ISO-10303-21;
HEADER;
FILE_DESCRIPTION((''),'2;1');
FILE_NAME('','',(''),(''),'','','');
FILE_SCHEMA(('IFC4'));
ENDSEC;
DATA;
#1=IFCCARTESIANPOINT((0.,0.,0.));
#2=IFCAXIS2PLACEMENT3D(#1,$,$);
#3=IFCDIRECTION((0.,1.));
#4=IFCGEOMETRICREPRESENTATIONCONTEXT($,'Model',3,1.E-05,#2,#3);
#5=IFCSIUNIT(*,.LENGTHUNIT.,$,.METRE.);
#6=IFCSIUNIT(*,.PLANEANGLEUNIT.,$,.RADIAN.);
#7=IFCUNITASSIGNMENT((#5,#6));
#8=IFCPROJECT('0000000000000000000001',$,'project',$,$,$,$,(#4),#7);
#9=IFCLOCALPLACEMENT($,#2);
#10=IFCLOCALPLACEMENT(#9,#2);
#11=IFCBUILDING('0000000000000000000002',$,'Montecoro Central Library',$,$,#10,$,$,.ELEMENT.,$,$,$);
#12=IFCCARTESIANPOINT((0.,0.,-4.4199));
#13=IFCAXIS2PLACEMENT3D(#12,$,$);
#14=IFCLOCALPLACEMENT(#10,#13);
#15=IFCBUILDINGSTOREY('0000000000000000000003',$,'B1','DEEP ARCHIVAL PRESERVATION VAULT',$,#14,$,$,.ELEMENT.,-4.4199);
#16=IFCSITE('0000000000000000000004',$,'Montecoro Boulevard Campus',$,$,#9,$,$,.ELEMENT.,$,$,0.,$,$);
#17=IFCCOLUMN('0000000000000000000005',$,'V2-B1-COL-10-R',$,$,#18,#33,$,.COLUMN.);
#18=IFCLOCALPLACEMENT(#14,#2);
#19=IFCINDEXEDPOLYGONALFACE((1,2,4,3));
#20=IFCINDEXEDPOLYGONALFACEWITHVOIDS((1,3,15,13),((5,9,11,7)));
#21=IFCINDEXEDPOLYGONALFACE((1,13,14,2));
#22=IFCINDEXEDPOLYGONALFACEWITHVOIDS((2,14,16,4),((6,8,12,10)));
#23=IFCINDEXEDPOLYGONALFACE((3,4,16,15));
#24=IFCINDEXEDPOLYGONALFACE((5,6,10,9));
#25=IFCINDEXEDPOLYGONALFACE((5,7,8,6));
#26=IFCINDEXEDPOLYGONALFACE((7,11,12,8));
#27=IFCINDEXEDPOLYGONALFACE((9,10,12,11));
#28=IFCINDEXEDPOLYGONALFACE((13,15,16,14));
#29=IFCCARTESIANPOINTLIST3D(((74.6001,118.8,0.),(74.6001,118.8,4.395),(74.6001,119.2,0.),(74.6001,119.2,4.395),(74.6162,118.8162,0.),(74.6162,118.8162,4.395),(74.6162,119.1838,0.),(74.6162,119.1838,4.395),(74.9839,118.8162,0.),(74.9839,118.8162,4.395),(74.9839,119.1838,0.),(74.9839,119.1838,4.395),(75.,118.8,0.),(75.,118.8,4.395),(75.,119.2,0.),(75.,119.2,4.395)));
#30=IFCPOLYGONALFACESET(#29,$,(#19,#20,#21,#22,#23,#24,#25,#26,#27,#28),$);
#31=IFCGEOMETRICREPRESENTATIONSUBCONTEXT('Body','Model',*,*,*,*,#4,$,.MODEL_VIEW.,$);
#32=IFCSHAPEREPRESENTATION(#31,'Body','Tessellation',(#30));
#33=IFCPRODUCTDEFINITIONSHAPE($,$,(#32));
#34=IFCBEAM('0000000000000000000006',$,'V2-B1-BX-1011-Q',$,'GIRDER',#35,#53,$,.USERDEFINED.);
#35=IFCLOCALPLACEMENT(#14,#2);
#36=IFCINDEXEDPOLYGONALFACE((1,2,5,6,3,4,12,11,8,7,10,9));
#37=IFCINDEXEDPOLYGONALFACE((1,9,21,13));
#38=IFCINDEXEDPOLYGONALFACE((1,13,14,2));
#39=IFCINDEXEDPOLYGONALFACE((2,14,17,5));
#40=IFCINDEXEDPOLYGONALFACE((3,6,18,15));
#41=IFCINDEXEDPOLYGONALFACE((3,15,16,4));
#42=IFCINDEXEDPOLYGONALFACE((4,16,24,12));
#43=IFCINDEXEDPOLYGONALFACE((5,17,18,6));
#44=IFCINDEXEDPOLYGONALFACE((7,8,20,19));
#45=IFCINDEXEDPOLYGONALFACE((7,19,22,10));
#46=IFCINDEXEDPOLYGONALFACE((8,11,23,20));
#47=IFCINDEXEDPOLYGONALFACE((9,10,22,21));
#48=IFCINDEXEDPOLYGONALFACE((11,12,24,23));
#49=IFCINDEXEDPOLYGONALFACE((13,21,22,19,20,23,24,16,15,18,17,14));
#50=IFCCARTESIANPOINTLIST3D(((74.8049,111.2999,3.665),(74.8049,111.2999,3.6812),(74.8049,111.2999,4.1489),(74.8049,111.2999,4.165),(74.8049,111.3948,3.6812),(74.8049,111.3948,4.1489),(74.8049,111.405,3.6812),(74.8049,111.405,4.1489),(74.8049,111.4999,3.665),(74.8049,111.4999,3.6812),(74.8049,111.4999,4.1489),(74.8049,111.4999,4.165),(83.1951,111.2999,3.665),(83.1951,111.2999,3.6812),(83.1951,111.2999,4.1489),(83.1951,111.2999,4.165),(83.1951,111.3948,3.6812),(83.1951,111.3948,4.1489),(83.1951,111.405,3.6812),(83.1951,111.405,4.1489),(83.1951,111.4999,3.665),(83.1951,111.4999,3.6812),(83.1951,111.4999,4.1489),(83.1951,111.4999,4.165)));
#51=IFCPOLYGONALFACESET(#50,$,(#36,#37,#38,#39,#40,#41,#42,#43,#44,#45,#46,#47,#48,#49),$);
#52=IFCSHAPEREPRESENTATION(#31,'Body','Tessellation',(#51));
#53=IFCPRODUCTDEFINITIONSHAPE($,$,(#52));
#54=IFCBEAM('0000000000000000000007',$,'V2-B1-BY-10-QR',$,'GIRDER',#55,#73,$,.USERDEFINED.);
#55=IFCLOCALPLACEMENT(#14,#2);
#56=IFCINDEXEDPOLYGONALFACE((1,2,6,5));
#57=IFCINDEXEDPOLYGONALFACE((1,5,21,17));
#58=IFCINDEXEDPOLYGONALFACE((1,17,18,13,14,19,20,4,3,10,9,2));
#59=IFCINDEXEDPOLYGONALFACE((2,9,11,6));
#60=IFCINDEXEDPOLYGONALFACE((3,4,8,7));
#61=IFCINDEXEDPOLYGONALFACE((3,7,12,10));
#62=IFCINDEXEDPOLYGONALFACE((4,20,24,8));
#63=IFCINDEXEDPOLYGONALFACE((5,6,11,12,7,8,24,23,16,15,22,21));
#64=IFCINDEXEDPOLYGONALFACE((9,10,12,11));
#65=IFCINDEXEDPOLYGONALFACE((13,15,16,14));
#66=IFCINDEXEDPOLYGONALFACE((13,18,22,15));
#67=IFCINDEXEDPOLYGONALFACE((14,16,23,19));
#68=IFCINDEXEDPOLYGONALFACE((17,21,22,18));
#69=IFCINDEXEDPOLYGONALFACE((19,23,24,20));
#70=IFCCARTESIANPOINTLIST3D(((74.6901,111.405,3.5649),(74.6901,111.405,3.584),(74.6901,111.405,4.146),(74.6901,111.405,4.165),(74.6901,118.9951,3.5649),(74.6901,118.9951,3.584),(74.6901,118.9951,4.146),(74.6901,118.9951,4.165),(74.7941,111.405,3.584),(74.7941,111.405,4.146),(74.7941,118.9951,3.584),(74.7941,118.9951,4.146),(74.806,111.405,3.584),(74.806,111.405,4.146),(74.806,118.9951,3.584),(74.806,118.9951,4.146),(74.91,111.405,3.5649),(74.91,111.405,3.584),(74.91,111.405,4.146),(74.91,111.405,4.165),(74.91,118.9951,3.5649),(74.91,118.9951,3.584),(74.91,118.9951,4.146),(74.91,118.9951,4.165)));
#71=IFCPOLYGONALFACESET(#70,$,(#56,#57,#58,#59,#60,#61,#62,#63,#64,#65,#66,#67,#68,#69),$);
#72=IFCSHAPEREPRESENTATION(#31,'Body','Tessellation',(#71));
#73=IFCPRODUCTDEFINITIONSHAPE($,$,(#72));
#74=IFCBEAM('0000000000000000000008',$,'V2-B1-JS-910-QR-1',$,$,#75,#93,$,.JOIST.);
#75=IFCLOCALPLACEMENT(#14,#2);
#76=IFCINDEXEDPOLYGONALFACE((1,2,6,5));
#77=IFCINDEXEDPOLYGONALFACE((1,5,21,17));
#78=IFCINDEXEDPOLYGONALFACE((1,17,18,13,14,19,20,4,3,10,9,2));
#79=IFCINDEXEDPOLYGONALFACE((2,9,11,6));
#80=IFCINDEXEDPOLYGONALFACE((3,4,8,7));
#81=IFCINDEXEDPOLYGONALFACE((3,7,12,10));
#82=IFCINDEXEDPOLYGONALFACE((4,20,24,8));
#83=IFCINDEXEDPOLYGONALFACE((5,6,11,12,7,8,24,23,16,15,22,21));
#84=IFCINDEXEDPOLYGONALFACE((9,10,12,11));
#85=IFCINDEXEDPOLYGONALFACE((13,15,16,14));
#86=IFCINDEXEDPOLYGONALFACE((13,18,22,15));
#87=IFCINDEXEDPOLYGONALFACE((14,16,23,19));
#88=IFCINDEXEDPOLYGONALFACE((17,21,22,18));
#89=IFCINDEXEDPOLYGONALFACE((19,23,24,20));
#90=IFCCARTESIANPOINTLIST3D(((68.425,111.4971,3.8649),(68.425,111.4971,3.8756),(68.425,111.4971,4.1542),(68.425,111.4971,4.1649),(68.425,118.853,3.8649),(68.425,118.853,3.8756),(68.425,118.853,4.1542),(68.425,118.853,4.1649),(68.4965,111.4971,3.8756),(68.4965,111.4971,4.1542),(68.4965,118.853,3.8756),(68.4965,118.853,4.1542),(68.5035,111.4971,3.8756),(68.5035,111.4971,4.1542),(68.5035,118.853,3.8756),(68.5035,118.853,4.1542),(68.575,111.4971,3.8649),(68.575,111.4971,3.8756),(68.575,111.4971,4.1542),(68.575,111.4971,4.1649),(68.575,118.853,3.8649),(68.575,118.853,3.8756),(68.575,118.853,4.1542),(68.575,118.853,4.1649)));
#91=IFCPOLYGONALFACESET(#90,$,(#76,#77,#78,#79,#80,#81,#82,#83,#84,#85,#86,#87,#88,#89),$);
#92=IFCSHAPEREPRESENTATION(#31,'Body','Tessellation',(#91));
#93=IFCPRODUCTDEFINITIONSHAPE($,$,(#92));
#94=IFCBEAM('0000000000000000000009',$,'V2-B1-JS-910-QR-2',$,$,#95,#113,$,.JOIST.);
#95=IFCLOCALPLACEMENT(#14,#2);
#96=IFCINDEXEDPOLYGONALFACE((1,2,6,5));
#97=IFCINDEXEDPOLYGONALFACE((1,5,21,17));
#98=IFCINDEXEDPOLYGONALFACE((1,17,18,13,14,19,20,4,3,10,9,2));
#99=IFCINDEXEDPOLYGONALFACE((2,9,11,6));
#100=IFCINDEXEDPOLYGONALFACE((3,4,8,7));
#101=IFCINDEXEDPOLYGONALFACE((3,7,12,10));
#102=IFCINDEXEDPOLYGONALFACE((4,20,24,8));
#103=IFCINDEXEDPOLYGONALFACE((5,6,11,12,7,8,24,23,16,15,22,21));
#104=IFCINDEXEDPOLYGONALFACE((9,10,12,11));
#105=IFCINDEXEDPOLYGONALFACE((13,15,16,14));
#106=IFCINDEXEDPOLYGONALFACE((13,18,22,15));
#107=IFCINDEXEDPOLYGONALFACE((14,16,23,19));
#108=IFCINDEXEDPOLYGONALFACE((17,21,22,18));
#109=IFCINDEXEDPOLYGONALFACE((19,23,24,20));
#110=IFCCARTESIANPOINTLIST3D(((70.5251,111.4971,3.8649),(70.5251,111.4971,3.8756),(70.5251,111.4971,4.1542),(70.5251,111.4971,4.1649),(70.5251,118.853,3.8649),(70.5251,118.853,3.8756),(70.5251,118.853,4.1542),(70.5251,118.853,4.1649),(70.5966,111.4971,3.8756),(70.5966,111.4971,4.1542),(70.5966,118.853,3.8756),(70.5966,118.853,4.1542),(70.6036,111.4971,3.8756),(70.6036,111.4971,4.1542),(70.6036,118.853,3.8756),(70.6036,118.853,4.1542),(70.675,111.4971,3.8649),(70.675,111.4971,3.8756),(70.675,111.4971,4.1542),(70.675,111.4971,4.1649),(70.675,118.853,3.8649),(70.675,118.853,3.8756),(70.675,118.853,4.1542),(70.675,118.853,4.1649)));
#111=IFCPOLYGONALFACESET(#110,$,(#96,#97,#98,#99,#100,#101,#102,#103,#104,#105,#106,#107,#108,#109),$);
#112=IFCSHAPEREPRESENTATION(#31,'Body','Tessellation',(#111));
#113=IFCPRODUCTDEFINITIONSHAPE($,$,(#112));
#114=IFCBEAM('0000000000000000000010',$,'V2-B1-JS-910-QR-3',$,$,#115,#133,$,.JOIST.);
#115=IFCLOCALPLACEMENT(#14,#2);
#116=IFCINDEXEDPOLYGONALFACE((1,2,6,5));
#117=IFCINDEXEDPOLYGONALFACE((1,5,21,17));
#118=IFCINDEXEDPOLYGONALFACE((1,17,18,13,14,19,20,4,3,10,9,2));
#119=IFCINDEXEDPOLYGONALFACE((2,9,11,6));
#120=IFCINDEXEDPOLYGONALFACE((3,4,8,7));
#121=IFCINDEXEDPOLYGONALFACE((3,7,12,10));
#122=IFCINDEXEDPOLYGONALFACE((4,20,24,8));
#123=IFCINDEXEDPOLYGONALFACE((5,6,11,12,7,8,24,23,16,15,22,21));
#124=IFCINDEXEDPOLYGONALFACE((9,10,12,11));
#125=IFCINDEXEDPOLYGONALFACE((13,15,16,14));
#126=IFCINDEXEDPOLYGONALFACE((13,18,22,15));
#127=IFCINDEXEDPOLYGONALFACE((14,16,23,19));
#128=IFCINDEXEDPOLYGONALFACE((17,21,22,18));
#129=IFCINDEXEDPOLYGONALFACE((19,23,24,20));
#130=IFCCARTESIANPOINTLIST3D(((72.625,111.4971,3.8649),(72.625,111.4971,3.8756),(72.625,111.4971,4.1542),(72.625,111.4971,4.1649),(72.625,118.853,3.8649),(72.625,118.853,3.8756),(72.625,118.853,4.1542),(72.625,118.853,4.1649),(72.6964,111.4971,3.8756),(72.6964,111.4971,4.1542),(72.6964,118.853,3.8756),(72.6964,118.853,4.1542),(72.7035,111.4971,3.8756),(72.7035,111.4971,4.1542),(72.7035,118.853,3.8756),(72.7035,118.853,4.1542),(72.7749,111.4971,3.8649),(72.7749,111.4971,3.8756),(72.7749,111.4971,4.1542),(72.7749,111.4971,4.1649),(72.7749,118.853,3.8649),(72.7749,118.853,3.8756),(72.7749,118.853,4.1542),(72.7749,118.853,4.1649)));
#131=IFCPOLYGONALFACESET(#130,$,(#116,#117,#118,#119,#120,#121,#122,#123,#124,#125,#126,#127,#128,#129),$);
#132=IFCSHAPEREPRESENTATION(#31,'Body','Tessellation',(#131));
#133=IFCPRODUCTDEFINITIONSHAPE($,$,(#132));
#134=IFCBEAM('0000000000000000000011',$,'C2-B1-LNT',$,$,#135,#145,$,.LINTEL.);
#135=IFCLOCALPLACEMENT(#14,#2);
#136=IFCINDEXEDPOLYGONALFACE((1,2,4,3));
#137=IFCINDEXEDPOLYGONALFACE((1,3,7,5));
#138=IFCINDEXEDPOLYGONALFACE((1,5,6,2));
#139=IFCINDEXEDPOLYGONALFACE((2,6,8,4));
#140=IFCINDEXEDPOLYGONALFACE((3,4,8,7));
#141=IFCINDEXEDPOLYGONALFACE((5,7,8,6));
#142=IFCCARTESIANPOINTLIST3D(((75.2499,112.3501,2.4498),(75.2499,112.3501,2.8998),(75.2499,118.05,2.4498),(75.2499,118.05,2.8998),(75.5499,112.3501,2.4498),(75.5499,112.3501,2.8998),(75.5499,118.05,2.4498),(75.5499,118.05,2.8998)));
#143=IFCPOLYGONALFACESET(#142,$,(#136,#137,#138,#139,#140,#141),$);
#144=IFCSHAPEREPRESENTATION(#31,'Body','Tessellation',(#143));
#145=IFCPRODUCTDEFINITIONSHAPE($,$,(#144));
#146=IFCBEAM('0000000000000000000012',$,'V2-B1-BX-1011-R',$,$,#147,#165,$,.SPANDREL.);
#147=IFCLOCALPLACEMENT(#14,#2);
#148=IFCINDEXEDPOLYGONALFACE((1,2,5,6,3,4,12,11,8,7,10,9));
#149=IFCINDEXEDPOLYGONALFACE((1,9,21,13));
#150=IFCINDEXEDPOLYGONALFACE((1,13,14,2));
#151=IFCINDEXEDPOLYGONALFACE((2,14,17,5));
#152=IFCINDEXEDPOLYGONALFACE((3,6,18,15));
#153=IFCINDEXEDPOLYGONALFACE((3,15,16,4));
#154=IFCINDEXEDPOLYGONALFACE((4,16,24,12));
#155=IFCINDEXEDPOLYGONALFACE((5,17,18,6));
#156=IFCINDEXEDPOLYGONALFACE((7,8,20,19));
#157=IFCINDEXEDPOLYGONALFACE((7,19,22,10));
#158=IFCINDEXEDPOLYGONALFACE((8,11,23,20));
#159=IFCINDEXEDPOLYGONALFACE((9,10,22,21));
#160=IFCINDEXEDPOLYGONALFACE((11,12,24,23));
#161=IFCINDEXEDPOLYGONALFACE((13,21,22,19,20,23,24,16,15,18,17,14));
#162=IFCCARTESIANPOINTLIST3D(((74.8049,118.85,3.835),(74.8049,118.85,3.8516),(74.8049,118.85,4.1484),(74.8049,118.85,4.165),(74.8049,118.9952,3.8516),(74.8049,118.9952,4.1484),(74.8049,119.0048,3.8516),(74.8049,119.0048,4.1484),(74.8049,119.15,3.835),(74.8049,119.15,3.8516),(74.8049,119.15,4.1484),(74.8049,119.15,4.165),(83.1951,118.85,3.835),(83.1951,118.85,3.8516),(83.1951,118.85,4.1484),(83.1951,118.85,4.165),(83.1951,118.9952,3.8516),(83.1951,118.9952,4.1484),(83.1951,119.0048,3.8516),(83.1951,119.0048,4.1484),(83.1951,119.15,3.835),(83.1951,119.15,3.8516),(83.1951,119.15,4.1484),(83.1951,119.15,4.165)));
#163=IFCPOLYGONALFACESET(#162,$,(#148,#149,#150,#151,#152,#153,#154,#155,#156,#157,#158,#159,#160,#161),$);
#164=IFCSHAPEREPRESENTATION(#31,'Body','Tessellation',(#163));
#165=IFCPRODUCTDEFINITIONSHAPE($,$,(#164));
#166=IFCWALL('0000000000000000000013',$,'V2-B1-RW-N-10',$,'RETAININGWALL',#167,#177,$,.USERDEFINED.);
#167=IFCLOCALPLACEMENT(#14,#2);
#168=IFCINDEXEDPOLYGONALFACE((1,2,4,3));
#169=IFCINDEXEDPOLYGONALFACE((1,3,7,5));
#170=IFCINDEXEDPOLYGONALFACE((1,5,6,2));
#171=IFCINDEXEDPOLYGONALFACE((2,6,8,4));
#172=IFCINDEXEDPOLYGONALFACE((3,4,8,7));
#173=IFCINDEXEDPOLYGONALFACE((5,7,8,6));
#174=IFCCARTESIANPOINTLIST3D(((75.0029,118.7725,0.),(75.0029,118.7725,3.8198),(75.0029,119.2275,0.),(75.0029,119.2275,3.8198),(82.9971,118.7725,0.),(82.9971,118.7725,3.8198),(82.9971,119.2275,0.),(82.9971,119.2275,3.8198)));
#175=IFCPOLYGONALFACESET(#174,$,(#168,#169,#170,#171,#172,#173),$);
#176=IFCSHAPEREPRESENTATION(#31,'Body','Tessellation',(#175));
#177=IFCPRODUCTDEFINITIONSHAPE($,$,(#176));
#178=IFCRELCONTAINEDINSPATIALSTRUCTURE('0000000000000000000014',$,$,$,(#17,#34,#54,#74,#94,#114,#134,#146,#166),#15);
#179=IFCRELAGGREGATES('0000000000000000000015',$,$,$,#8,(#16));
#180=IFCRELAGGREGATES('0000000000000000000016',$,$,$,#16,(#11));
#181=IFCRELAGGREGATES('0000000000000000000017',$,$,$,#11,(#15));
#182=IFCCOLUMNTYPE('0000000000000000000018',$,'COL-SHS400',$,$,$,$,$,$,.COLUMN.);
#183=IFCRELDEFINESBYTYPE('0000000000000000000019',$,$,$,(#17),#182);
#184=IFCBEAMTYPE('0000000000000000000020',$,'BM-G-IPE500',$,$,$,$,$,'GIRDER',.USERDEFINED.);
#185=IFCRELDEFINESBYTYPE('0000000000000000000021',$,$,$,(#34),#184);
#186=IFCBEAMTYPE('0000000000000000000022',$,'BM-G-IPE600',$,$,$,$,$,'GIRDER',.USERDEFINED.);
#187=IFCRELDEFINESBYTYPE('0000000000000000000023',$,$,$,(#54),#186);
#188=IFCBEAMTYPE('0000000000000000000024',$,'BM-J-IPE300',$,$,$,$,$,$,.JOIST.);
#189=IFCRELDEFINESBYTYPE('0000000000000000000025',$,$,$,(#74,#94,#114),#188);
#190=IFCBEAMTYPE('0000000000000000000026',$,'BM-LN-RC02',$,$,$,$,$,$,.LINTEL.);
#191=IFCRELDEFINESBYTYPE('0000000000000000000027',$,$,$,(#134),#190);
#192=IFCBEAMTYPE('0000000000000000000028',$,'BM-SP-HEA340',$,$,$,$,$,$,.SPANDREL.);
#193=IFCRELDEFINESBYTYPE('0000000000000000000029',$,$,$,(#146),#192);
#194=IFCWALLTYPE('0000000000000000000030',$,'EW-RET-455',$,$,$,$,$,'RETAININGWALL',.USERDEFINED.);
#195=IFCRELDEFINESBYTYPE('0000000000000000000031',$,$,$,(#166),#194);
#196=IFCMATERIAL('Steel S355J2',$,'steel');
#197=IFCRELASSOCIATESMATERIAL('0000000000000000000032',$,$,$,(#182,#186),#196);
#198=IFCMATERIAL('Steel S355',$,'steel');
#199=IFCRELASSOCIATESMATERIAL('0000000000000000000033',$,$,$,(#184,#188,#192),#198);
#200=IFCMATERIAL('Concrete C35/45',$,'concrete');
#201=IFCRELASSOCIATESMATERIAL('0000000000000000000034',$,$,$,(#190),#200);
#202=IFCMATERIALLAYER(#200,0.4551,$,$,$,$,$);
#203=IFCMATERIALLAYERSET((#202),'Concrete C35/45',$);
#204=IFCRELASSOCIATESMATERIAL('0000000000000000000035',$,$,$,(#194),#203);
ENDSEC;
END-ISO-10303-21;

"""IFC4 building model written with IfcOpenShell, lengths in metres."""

from ifc_helpers import new_model, si_unit, direction, frame, frame_2d, origin, origin_2d, place, context, subcontext, project, spatial, rectangle, hollow_rectangle, i_section, extrude, material, layer, layer_set, material_profile, profile_set, type_object, element, save


model = new_model("IFC4")

# Units and contexts
model_context = context("Model", 3, precision=1e-05, world=origin(), true_north=direction((0.0, 1.0)))
body_context = subcontext(model_context, "Body", "Model", "MODEL_VIEW")
ifc_project = project(units=[si_unit("LENGTHUNIT", "METRE"), si_unit("PLANEANGLEUNIT", "RADIAN")], contexts=[model_context])

# Site, building, storey
site_placement = place(None, origin())
site = spatial("IfcSite", under=ifc_project, at=site_placement, Name="Montecoro Boulevard Campus", CompositionType="ELEMENT", RefElevation=0.0)
building_placement = place(site_placement, origin())
building = spatial("IfcBuilding", under=site, at=building_placement, Name="Montecoro Central Library", CompositionType="ELEMENT")
storey_placement = place(building_placement, frame((0.0, 0.0, -4.4199)))
storey = spatial("IfcBuildingStorey", under=building, at=storey_placement, Name="B1", Description="DEEP ARCHIVAL PRESERVATION VAULT", CompositionType="ELEMENT", Elevation=-4.4199)

# Shared definitions
ifc_material_1 = material(Name="Concrete C35/45", Category="concrete")

# Column
ifc_material_2 = material(Name="Steel S355J2", Category="steel")
ifc_material_profile_1 = material_profile(ifc_material_2, hollow_rectangle(XDim=0.3999, YDim=0.3999, WallThickness=0.0161, at=origin_2d()), Name="SHS 400x400x16.0")
ifc_profile_set_1 = profile_set([ifc_material_profile_1], Name="Steel S355J2")
column_type_1 = type_object("IfcColumnType", Name="COL-SHS400", PredefinedType="COLUMN", material=ifc_profile_set_1)
column_1_placement = place(storey_placement, frame((74.8, 119.0, 0.0), z_axis=(0.0, 0.0, 1.0), x_axis=(1.0, 0.0, 0.0)))
element("IfcColumn", 1, at=column_1_placement, inside=storey, type_object=column_type_1, Name="V2-B1-COL-10-R", PredefinedType="COLUMN", context=body_context, shape_type="SweptSolid", body=[
    extrude(hollow_rectangle(XDim=0.3999, YDim=0.3999, WallThickness=0.0161, at=origin_2d()), origin(), (0.0, 0.0, 1.0), 4.395),
])

# Beams
ifc_material_3 = material(Name="Steel S355", Category="steel")
ifc_material_profile_2 = material_profile(ifc_material_3, i_section(OverallWidth=0.2, OverallDepth=0.5, WebThickness=0.0103, FlangeThickness=0.0161, at=origin_2d()), Name="IPE 500")
ifc_profile_set_2 = profile_set([ifc_material_profile_2], Name="Steel S355")
beam_type_1 = type_object("IfcBeamType", Name="BM-G-IPE500", ElementType="GIRDER", PredefinedType="USERDEFINED", material=ifc_profile_set_2)
beam_1_placement = place(storey_placement, frame((74.8049, 111.3999, 3.915), z_axis=(1.0, 0.0, 0.0), x_axis=(0.0, 1.0, 0.0)))
element("IfcBeam", 2, at=beam_1_placement, inside=storey, type_object=beam_type_1, Name="V2-B1-BX-1011-Q", ObjectType="GIRDER", PredefinedType="USERDEFINED", context=body_context, shape_type="SweptSolid", body=[
    extrude(i_section(OverallWidth=0.2, OverallDepth=0.5, WebThickness=0.0103, FlangeThickness=0.0161, at=origin_2d()), origin(), (0.0, 0.0, 1.0), 8.3901),
])
ifc_material_profile_3 = material_profile(ifc_material_2, i_section(OverallWidth=0.22, OverallDepth=0.6001, WebThickness=0.012, FlangeThickness=0.019, at=origin_2d()), Name="IPE 600")
ifc_profile_set_3 = profile_set([ifc_material_profile_3], Name="Steel S355J2")
beam_type_2 = type_object("IfcBeamType", Name="BM-G-IPE600", ElementType="GIRDER", PredefinedType="USERDEFINED", material=ifc_profile_set_3)
beam_2_placement = place(storey_placement, frame((74.8, 111.405, 3.865), z_axis=(0.0, 1.0, 0.0), x_axis=(-1.0, 0.0, 0.0)))
element("IfcBeam", 3, at=beam_2_placement, inside=storey, type_object=beam_type_2, Name="V2-B1-BY-10-QR", ObjectType="GIRDER", PredefinedType="USERDEFINED", context=body_context, shape_type="SweptSolid", body=[
    extrude(i_section(OverallWidth=0.22, OverallDepth=0.6001, WebThickness=0.012, FlangeThickness=0.019, at=origin_2d()), origin(), (0.0, 0.0, 1.0), 7.5901),
])
ifc_material_profile_4 = material_profile(ifc_material_3, i_section(OverallWidth=0.1499, OverallDepth=0.3, WebThickness=0.0071, FlangeThickness=0.0107, at=origin_2d()), Name="IPE 300")
ifc_profile_set_4 = profile_set([ifc_material_profile_4], Name="Steel S355")
beam_type_3 = type_object("IfcBeamType", Name="BM-J-IPE300", PredefinedType="JOIST", material=ifc_profile_set_4)
for number, where, z_axis, x_axis, name in (
    (4, (68.5, 111.4971, 4.0149), (0.0, 1.0, 0.0), (-1.0, 0.0, 0.0), "V2-B1-JS-910-QR-1"),
    (5, (70.6001, 111.4971, 4.0149), (0.0, 1.0, 0.0), (-1.0, 0.0, 0.0), "V2-B1-JS-910-QR-2"),
    (6, (72.7, 111.4971, 4.0149), (0.0, 1.0, 0.0), (-1.0, 0.0, 0.0), "V2-B1-JS-910-QR-3"),
):
    element("IfcBeam", number, at=place(storey_placement, frame(where, z_axis=z_axis, x_axis=x_axis)), inside=storey, type_object=beam_type_3, Name=name, PredefinedType="JOIST", context=body_context, shape_type="SweptSolid", body=[
        extrude(i_section(OverallWidth=0.1499, OverallDepth=0.3, WebThickness=0.0071, FlangeThickness=0.0107, at=origin_2d()), origin(), (0.0, 0.0, 1.0), 7.356),
    ])
ifc_material_profile_5 = material_profile(ifc_material_1, rectangle(XDim=0.3, YDim=0.45, at=origin_2d()), Name="RC LNT 450x300")
ifc_profile_set_5 = profile_set([ifc_material_profile_5], Name="Concrete C35/45")
beam_type_4 = type_object("IfcBeamType", Name="BM-LN-RC02", PredefinedType="LINTEL", material=ifc_profile_set_5)
beam_3_placement = place(storey_placement, frame((75.3999, 112.3501, 2.6748), z_axis=(0.0, 1.0, 0.0), x_axis=(-1.0, 0.0, 0.0)))
element("IfcBeam", 7, at=beam_3_placement, inside=storey, type_object=beam_type_4, Name="C2-B1-LNT", PredefinedType="LINTEL", context=body_context, shape_type="SweptSolid", body=[
    extrude(rectangle(XDim=0.3, YDim=0.45, at=origin_2d()), origin(), (0.0, 0.0, 1.0), 5.7),
])
ifc_material_profile_6 = material_profile(ifc_material_3, i_section(OverallWidth=0.3, OverallDepth=0.3301, WebThickness=0.0095, FlangeThickness=0.0166, at=origin_2d()), Name="HEA 340")
ifc_profile_set_6 = profile_set([ifc_material_profile_6], Name="Steel S355")
beam_type_5 = type_object("IfcBeamType", Name="BM-SP-HEA340", PredefinedType="SPANDREL", material=ifc_profile_set_6)
beam_4_placement = place(storey_placement, frame((74.8049, 119.0, 4.0), z_axis=(1.0, 0.0, 0.0), x_axis=(0.0, 1.0, 0.0)))
element("IfcBeam", 8, at=beam_4_placement, inside=storey, type_object=beam_type_5, Name="V2-B1-BX-1011-R", PredefinedType="SPANDREL", context=body_context, shape_type="SweptSolid", body=[
    extrude(i_section(OverallWidth=0.3, OverallDepth=0.3301, WebThickness=0.0095, FlangeThickness=0.0166, at=origin_2d()), origin(), (0.0, 0.0, 1.0), 8.3901),
])

# Wall
ifc_layer_1 = layer(ifc_material_1, 0.4551)
ifc_layer_set_1 = layer_set([ifc_layer_1], Name="Concrete C35/45")
wall_type_1 = type_object("IfcWallType", Name="EW-RET-455", ElementType="RETAININGWALL", PredefinedType="USERDEFINED", material=ifc_layer_set_1)
wall_1_placement = place(storey_placement, frame((75.0029, 119.0, 0.0), z_axis=(0.0, 0.0, 1.0), x_axis=(1.0, 0.0, 0.0)))
element("IfcWall", 9, at=wall_1_placement, inside=storey, type_object=wall_type_1, Name="V2-B1-RW-N-10", ObjectType="RETAININGWALL", PredefinedType="USERDEFINED", context=body_context, shape_type="SweptSolid", body=[
    extrude(rectangle(XDim=7.9941, YDim=0.4551, at=frame_2d((3.9971, 0.0))), origin(), (0.0, 0.0, 1.0), 3.8198),
])

save(model, "model.ifc")
